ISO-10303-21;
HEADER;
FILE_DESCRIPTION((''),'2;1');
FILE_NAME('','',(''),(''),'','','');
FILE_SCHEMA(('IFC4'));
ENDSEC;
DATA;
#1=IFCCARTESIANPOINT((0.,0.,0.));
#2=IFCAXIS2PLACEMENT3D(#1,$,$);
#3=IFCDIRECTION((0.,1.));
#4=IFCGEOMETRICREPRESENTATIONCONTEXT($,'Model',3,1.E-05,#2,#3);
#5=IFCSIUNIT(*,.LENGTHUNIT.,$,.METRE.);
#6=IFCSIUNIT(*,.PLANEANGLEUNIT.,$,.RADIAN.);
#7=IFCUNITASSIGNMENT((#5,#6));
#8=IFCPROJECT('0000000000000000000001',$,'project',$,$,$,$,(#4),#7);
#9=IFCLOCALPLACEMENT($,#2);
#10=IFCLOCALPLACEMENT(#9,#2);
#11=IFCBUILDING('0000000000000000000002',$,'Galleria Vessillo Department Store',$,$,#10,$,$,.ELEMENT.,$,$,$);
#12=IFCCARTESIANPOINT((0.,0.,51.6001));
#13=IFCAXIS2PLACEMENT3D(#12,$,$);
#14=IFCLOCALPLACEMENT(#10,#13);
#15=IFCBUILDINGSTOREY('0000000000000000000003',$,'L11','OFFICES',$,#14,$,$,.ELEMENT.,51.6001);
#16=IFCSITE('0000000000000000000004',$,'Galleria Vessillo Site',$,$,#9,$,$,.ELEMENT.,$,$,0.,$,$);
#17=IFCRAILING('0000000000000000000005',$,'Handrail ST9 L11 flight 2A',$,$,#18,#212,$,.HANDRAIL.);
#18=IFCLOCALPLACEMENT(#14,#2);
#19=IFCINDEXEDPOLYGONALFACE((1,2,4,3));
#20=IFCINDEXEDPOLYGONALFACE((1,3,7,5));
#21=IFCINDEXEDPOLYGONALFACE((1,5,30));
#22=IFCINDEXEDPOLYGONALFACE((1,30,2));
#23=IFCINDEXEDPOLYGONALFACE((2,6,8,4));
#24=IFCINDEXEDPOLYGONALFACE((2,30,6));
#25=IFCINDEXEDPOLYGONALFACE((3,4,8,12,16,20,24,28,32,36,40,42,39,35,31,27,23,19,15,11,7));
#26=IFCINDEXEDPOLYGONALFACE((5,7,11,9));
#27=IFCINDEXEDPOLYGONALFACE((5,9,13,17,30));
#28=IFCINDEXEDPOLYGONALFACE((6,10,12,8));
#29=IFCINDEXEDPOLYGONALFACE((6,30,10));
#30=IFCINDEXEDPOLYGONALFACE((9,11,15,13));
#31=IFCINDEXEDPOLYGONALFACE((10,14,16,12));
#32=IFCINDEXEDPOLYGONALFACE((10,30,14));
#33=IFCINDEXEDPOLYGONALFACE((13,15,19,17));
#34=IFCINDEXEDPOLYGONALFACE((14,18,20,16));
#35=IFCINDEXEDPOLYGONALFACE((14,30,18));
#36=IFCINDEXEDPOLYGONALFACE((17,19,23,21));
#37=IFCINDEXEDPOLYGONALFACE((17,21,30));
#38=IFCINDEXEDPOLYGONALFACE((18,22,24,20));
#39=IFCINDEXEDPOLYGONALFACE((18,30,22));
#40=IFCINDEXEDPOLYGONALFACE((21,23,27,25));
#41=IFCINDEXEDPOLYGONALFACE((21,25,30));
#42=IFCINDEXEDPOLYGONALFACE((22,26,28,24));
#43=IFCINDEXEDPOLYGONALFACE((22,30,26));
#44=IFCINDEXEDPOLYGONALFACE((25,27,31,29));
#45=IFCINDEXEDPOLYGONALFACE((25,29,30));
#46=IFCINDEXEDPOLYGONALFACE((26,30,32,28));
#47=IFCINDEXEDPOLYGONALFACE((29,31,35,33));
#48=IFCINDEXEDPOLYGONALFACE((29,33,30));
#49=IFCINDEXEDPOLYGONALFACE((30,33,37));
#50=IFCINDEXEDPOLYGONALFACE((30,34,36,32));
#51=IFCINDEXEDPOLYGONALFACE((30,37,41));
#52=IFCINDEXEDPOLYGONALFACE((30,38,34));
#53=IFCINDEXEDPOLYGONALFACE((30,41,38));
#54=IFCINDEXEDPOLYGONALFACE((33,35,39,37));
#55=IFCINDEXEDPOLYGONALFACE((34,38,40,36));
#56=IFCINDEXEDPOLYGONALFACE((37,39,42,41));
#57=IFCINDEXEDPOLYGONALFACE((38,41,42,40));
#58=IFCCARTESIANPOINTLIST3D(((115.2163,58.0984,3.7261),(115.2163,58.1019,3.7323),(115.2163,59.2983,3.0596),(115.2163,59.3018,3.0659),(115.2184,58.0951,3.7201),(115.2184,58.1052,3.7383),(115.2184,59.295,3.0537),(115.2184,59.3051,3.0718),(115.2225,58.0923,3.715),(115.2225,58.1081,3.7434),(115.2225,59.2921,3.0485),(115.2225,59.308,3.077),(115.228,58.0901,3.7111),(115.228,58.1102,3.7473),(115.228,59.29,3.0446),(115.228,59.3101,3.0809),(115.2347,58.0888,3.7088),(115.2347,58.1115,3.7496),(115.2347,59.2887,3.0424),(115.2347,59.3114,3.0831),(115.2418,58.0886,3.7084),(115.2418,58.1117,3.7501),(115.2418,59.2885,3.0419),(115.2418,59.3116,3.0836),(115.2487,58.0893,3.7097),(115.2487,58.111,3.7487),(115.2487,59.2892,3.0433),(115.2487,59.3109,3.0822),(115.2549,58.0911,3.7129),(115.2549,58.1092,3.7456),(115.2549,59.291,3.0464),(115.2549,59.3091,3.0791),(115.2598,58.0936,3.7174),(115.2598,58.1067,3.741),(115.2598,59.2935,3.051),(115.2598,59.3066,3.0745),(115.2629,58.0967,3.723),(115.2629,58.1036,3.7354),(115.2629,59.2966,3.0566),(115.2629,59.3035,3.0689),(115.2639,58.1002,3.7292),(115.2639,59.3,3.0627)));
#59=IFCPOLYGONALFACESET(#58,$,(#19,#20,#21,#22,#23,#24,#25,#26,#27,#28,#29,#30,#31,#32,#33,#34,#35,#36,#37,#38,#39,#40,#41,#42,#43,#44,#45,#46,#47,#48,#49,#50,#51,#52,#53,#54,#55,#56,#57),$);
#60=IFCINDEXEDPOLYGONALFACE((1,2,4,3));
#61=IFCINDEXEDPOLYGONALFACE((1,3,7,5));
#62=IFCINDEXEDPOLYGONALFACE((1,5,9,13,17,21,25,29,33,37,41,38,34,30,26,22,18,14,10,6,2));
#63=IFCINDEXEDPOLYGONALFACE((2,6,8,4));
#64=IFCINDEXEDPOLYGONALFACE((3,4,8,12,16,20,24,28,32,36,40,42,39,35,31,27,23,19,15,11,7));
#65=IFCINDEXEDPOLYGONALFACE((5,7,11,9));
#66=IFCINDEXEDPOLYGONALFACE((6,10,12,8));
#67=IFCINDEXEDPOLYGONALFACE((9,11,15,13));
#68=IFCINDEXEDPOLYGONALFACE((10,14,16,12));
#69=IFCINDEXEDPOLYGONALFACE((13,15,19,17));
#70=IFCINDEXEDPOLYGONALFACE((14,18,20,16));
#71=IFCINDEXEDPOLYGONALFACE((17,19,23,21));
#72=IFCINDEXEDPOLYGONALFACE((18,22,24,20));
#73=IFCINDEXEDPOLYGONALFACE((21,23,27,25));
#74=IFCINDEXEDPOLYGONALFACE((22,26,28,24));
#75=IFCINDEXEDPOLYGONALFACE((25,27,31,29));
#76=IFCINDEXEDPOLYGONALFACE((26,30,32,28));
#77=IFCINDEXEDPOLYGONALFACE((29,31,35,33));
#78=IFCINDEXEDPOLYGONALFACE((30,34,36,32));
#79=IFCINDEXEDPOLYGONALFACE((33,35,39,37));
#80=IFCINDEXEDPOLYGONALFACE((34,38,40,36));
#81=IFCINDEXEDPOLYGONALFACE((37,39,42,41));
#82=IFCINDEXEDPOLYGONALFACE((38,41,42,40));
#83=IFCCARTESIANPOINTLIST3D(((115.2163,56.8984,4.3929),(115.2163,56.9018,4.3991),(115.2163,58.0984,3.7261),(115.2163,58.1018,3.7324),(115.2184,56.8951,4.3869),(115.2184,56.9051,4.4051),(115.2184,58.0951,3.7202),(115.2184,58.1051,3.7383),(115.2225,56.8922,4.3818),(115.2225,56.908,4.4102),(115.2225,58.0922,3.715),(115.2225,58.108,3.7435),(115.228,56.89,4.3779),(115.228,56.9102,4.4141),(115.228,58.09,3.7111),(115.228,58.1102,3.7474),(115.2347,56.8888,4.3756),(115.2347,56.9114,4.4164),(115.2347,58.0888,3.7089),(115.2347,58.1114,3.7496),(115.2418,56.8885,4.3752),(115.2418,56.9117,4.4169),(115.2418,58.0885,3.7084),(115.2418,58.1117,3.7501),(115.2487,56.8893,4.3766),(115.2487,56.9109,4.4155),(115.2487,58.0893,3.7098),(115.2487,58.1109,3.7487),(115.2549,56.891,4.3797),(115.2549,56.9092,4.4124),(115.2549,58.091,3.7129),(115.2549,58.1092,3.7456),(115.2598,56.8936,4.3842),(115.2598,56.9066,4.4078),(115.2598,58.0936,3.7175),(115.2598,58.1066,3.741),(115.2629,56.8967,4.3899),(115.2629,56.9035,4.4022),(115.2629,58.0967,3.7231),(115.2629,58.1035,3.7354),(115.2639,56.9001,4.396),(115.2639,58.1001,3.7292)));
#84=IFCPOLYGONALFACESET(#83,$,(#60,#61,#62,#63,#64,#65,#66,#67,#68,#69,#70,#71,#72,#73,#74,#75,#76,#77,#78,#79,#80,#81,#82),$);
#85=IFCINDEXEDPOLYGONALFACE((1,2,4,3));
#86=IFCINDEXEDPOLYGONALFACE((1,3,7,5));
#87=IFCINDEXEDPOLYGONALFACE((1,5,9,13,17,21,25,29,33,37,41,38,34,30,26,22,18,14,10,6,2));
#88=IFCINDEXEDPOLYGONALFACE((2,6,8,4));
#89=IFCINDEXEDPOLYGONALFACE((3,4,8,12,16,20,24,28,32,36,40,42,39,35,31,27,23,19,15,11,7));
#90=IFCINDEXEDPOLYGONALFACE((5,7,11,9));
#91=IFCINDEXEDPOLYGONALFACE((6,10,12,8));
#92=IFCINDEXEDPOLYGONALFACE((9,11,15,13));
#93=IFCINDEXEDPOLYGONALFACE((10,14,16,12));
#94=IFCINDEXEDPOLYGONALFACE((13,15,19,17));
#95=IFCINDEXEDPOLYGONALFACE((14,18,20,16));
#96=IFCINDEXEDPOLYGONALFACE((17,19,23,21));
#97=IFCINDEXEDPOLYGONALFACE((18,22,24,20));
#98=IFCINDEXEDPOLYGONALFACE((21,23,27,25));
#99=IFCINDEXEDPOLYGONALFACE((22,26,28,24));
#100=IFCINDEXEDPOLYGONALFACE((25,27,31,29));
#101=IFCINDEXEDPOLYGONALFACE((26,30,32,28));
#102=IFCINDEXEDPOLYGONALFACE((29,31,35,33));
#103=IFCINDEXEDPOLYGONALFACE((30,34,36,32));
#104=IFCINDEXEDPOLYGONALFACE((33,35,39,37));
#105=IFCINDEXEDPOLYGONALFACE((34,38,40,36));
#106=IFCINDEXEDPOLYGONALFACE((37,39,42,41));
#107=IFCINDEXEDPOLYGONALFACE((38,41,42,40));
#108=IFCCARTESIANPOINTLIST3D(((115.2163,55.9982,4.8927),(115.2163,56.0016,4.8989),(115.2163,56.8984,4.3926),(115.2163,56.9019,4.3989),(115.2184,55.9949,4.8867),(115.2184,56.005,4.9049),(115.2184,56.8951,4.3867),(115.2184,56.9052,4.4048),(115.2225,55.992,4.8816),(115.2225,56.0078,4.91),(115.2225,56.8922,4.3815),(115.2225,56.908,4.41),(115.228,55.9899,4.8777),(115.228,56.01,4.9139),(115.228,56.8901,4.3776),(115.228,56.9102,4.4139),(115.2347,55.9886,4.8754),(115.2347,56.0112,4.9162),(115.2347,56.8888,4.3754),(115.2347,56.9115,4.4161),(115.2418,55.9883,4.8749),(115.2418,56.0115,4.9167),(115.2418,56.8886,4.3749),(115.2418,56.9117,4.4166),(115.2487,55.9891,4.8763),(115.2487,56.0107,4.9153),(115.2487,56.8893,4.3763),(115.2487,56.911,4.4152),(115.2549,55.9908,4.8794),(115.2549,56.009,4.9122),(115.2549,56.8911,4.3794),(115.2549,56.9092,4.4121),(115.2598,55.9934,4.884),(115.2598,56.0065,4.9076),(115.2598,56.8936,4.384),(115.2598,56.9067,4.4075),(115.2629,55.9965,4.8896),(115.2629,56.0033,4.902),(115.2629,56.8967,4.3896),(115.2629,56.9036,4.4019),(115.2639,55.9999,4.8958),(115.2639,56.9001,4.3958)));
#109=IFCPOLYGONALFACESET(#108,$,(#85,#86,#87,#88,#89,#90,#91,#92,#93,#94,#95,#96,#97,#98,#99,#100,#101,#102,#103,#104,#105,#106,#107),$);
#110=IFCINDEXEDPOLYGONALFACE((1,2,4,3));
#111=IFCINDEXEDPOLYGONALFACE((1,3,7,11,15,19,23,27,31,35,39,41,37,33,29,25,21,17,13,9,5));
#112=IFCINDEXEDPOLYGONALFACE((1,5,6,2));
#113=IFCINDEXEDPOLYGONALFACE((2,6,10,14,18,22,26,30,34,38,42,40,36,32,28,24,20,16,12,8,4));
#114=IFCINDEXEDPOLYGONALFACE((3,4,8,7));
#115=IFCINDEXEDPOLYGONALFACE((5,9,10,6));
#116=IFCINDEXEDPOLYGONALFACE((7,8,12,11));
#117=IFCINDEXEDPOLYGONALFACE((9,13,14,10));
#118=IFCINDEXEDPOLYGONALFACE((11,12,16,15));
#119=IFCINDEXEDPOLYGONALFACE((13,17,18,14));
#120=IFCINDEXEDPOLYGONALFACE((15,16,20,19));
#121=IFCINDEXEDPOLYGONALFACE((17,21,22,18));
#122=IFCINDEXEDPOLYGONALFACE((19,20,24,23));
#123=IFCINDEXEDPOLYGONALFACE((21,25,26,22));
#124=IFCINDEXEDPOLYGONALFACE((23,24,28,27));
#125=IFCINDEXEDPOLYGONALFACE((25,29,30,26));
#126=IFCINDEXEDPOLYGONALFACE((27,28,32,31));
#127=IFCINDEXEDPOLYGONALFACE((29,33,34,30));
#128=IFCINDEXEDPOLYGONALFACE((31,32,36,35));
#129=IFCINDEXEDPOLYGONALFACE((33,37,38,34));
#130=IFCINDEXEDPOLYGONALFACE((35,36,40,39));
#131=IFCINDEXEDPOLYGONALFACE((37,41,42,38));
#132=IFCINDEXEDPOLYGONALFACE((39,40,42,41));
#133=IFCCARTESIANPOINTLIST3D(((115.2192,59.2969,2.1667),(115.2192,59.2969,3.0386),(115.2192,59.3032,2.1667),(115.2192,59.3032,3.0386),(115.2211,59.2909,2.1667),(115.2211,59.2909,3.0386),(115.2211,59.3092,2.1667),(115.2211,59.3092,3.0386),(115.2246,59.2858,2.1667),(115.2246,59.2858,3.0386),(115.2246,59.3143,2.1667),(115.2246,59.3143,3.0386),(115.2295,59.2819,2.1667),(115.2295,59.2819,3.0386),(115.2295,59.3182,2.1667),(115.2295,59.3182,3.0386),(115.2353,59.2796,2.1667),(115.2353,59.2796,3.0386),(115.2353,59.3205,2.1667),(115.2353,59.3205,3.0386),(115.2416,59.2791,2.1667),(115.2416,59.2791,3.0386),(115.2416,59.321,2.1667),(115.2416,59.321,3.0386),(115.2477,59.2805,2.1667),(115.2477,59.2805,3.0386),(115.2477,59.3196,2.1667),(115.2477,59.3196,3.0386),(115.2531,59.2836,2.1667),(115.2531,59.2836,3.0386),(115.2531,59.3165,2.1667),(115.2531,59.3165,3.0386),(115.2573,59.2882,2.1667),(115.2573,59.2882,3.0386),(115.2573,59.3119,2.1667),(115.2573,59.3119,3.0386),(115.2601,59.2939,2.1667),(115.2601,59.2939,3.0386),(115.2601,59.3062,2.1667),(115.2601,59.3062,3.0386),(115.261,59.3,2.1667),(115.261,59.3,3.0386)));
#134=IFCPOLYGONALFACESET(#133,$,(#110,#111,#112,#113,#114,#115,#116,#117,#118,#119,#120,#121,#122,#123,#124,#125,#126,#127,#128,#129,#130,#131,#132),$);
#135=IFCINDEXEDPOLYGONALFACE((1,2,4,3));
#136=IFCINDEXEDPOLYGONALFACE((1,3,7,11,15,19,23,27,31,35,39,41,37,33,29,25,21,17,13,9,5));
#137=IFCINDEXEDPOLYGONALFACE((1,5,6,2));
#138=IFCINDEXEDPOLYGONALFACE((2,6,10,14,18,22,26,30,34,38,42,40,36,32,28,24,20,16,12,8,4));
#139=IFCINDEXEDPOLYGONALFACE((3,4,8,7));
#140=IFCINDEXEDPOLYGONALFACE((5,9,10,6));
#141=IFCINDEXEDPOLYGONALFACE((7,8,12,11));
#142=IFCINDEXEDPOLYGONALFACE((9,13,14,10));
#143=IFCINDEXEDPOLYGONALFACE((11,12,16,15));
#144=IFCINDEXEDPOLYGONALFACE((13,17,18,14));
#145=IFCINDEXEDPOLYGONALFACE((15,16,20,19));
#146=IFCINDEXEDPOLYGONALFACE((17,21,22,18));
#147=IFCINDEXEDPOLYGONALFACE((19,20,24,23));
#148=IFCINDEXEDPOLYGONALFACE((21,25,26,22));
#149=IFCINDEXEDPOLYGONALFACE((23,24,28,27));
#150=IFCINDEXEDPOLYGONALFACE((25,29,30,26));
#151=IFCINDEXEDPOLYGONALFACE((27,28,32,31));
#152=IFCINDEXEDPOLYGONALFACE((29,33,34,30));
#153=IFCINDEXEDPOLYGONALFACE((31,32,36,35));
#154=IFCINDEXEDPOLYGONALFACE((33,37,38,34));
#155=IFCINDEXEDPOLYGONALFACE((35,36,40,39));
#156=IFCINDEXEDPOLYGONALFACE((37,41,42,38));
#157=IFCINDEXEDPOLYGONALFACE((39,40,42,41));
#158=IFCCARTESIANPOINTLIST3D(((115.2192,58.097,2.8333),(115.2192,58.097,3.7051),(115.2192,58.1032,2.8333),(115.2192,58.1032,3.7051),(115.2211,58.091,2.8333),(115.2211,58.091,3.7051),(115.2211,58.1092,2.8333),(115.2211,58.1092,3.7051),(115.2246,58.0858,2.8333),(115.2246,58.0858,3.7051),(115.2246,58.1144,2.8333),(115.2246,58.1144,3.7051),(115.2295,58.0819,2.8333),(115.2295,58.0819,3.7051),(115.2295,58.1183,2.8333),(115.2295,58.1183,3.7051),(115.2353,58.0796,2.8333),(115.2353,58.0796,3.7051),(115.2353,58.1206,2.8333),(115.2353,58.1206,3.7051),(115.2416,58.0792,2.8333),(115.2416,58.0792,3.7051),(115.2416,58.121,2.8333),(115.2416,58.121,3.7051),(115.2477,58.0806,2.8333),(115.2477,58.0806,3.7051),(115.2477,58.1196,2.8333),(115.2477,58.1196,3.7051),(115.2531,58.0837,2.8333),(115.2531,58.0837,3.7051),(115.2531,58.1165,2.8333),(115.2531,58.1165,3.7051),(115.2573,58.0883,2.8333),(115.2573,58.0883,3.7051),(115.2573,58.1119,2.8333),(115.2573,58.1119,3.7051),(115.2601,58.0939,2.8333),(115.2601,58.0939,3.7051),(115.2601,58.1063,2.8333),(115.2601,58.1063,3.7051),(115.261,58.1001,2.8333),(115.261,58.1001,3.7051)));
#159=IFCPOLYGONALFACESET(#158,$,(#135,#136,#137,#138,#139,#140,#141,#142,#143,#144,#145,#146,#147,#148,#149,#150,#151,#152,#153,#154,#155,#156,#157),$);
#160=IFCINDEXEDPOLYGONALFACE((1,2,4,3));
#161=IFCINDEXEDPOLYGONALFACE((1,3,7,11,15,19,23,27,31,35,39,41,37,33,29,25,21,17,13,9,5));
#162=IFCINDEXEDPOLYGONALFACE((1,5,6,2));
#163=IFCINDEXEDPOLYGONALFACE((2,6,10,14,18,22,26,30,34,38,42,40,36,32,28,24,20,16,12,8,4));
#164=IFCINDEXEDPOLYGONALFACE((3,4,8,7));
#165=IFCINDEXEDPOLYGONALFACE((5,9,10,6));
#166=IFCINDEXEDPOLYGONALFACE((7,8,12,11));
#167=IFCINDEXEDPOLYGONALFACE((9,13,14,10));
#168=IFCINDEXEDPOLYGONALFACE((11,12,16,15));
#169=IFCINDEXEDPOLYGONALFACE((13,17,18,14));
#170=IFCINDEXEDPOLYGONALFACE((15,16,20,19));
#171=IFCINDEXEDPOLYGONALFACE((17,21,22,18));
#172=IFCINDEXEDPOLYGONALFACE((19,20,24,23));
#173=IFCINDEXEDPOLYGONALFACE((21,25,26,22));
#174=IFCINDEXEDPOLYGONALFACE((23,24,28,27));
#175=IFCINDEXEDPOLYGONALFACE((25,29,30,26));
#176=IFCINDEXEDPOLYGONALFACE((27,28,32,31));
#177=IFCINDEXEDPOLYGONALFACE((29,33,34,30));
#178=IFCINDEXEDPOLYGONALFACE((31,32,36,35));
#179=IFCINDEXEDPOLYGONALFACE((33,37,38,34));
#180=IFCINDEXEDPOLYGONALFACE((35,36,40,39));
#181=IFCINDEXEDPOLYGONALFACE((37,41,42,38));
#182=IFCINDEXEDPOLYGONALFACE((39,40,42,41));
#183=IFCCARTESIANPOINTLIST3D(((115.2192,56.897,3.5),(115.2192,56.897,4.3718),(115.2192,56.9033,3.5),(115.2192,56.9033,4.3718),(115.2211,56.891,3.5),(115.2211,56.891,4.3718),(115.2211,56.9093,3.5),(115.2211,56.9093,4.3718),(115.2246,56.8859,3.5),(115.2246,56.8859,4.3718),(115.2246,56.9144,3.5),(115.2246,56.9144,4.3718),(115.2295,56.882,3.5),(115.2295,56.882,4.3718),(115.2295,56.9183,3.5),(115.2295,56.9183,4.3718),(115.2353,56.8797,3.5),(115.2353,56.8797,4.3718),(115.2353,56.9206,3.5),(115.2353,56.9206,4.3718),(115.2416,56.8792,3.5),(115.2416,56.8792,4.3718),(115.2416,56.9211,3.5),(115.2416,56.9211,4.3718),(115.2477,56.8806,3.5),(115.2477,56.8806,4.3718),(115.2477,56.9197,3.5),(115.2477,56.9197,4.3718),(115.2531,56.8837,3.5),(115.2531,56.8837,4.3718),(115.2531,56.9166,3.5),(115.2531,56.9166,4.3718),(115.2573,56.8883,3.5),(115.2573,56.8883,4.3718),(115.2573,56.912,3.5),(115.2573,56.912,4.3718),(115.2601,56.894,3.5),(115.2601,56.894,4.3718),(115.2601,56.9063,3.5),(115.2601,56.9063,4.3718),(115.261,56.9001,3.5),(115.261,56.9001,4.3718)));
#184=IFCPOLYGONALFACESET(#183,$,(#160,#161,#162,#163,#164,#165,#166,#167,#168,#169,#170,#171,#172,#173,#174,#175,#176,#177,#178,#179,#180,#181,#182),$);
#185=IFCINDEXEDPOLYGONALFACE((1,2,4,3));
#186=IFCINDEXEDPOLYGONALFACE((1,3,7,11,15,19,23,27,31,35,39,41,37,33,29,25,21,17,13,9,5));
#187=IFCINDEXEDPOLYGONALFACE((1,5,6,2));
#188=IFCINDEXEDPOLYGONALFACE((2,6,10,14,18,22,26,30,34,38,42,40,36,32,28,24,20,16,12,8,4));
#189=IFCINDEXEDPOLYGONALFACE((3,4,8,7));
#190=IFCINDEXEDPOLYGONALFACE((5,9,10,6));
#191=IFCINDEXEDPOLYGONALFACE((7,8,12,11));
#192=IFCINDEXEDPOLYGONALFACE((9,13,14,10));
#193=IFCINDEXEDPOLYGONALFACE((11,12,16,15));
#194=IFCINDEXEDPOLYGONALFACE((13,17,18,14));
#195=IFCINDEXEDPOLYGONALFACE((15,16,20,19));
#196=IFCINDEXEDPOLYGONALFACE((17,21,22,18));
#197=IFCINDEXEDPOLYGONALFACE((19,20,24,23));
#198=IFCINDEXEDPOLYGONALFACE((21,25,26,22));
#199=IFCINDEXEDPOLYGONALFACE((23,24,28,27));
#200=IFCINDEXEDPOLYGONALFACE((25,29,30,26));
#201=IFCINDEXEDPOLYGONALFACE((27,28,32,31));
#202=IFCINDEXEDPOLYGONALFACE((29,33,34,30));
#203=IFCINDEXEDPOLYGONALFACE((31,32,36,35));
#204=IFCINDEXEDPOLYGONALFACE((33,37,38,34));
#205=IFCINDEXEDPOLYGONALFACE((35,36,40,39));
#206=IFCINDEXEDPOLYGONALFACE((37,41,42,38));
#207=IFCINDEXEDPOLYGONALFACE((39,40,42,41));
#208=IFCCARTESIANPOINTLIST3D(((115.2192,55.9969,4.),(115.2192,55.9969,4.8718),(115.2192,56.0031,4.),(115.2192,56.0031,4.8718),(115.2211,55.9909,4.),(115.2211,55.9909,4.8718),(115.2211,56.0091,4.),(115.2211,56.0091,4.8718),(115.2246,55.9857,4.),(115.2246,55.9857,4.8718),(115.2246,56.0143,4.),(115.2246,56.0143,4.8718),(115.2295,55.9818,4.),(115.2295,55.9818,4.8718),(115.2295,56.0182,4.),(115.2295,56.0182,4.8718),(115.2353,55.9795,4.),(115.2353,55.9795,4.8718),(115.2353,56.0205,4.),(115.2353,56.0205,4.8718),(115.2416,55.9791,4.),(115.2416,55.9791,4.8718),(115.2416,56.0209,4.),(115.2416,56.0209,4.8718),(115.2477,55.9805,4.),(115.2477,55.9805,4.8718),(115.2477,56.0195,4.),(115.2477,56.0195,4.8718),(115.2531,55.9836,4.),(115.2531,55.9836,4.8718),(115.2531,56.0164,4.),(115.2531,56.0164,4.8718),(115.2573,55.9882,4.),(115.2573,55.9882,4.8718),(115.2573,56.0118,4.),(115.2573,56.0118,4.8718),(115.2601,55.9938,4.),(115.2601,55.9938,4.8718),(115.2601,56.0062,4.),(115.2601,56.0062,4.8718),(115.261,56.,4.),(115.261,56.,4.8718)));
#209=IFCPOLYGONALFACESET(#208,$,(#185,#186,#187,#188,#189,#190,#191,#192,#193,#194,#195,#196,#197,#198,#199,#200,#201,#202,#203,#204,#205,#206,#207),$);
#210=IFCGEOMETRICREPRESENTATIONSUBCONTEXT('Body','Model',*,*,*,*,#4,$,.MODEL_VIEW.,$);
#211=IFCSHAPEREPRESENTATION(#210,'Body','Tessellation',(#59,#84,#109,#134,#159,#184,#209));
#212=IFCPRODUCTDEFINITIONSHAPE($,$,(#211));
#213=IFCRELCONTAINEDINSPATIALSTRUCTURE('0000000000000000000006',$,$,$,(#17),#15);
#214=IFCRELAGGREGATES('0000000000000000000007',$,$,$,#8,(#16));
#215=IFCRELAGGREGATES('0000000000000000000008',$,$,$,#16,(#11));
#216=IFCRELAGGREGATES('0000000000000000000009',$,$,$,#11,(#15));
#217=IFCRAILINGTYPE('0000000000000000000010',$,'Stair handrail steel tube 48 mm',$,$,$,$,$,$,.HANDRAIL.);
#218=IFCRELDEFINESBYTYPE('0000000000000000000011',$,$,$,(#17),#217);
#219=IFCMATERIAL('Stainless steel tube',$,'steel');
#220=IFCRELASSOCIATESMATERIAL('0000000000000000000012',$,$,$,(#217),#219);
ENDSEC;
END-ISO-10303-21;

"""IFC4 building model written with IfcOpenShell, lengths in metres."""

from ifc_helpers import new_model, si_unit, direction, frame, origin, origin_2d, place, context, subcontext, project, spatial, circle, extrude, material, type_object, element, save


model = new_model("IFC4")

# Units and contexts
model_context = context("Model", 3, precision=1e-05, world=origin(), true_north=direction((0.0, 1.0)))
body_context = subcontext(model_context, "Body", "Model", "MODEL_VIEW")
ifc_project = project(units=[si_unit("LENGTHUNIT", "METRE"), si_unit("PLANEANGLEUNIT", "RADIAN")], contexts=[model_context])

# Site, building, storey
site_placement = place(None, origin())
site = spatial("IfcSite", under=ifc_project, at=site_placement, Name="Galleria Vessillo Site", CompositionType="ELEMENT", RefElevation=0.0)
building_placement = place(site_placement, origin())
building = spatial("IfcBuilding", under=site, at=building_placement, Name="Galleria Vessillo Department Store", CompositionType="ELEMENT")
storey_placement = place(building_placement, frame((0.0, 0.0, 51.6001)))
storey = spatial("IfcBuildingStorey", under=building, at=storey_placement, Name="L11", Description="OFFICES", CompositionType="ELEMENT", Elevation=51.6001)

# Railing
ifc_material_1 = material(Name="Stainless steel tube", Category="steel")
railing_type = type_object("IfcRailingType", Name="Stair handrail steel tube 48 mm", PredefinedType="HANDRAIL", material=ifc_material_1)
railing_placement = place(storey_placement, frame((115.24, 59.3, 2.1667)))
element("IfcRailing", 1, at=railing_placement, inside=storey, type_object=railing_type, Name="Handrail ST9 L11 flight 2A", PredefinedType="HANDRAIL", context=body_context, shape_type="SweptSolid", body=[
    extrude(circle(Radius=0.0239, at=origin_2d()), frame((0.0, 0.0, 0.896), z_axis=(0.0, -0.874199, 0.485567), x_axis=(1.0, 0.0, 0.0)), (0.0, 0.0, 1.0), 1.3726),
    extrude(circle(Radius=0.0239, at=origin_2d()), frame((0.0, -1.2, 1.5625), z_axis=(0.0, -0.874124, 0.485703), x_axis=(1.0, 0.0, 0.0)), (0.0, 0.0, 1.0), 1.3728),
    extrude(circle(Radius=0.0239, at=origin_2d()), frame((0.0, -2.3999, 2.229), z_axis=(0.0, -0.874191, 0.485583), x_axis=(1.0, 0.0, 0.0)), (0.0, 0.0, 1.0), 1.0298),
    extrude(circle(Radius=0.021, at=origin_2d()), origin(), (0.0, 0.0, 1.0), 0.8718),
    extrude(circle(Radius=0.021, at=origin_2d()), frame((0.0, -1.2, 0.6665)), (0.0, 0.0, 1.0), 0.8718),
    extrude(circle(Radius=0.021, at=origin_2d()), frame((0.0, -2.3999, 1.3333)), (0.0, 0.0, 1.0), 0.8718),
    extrude(circle(Radius=0.021, at=origin_2d()), frame((0.0, -3.3, 1.8333)), (0.0, 0.0, 1.0), 0.8718),
])

save(model, "model.ifc")
